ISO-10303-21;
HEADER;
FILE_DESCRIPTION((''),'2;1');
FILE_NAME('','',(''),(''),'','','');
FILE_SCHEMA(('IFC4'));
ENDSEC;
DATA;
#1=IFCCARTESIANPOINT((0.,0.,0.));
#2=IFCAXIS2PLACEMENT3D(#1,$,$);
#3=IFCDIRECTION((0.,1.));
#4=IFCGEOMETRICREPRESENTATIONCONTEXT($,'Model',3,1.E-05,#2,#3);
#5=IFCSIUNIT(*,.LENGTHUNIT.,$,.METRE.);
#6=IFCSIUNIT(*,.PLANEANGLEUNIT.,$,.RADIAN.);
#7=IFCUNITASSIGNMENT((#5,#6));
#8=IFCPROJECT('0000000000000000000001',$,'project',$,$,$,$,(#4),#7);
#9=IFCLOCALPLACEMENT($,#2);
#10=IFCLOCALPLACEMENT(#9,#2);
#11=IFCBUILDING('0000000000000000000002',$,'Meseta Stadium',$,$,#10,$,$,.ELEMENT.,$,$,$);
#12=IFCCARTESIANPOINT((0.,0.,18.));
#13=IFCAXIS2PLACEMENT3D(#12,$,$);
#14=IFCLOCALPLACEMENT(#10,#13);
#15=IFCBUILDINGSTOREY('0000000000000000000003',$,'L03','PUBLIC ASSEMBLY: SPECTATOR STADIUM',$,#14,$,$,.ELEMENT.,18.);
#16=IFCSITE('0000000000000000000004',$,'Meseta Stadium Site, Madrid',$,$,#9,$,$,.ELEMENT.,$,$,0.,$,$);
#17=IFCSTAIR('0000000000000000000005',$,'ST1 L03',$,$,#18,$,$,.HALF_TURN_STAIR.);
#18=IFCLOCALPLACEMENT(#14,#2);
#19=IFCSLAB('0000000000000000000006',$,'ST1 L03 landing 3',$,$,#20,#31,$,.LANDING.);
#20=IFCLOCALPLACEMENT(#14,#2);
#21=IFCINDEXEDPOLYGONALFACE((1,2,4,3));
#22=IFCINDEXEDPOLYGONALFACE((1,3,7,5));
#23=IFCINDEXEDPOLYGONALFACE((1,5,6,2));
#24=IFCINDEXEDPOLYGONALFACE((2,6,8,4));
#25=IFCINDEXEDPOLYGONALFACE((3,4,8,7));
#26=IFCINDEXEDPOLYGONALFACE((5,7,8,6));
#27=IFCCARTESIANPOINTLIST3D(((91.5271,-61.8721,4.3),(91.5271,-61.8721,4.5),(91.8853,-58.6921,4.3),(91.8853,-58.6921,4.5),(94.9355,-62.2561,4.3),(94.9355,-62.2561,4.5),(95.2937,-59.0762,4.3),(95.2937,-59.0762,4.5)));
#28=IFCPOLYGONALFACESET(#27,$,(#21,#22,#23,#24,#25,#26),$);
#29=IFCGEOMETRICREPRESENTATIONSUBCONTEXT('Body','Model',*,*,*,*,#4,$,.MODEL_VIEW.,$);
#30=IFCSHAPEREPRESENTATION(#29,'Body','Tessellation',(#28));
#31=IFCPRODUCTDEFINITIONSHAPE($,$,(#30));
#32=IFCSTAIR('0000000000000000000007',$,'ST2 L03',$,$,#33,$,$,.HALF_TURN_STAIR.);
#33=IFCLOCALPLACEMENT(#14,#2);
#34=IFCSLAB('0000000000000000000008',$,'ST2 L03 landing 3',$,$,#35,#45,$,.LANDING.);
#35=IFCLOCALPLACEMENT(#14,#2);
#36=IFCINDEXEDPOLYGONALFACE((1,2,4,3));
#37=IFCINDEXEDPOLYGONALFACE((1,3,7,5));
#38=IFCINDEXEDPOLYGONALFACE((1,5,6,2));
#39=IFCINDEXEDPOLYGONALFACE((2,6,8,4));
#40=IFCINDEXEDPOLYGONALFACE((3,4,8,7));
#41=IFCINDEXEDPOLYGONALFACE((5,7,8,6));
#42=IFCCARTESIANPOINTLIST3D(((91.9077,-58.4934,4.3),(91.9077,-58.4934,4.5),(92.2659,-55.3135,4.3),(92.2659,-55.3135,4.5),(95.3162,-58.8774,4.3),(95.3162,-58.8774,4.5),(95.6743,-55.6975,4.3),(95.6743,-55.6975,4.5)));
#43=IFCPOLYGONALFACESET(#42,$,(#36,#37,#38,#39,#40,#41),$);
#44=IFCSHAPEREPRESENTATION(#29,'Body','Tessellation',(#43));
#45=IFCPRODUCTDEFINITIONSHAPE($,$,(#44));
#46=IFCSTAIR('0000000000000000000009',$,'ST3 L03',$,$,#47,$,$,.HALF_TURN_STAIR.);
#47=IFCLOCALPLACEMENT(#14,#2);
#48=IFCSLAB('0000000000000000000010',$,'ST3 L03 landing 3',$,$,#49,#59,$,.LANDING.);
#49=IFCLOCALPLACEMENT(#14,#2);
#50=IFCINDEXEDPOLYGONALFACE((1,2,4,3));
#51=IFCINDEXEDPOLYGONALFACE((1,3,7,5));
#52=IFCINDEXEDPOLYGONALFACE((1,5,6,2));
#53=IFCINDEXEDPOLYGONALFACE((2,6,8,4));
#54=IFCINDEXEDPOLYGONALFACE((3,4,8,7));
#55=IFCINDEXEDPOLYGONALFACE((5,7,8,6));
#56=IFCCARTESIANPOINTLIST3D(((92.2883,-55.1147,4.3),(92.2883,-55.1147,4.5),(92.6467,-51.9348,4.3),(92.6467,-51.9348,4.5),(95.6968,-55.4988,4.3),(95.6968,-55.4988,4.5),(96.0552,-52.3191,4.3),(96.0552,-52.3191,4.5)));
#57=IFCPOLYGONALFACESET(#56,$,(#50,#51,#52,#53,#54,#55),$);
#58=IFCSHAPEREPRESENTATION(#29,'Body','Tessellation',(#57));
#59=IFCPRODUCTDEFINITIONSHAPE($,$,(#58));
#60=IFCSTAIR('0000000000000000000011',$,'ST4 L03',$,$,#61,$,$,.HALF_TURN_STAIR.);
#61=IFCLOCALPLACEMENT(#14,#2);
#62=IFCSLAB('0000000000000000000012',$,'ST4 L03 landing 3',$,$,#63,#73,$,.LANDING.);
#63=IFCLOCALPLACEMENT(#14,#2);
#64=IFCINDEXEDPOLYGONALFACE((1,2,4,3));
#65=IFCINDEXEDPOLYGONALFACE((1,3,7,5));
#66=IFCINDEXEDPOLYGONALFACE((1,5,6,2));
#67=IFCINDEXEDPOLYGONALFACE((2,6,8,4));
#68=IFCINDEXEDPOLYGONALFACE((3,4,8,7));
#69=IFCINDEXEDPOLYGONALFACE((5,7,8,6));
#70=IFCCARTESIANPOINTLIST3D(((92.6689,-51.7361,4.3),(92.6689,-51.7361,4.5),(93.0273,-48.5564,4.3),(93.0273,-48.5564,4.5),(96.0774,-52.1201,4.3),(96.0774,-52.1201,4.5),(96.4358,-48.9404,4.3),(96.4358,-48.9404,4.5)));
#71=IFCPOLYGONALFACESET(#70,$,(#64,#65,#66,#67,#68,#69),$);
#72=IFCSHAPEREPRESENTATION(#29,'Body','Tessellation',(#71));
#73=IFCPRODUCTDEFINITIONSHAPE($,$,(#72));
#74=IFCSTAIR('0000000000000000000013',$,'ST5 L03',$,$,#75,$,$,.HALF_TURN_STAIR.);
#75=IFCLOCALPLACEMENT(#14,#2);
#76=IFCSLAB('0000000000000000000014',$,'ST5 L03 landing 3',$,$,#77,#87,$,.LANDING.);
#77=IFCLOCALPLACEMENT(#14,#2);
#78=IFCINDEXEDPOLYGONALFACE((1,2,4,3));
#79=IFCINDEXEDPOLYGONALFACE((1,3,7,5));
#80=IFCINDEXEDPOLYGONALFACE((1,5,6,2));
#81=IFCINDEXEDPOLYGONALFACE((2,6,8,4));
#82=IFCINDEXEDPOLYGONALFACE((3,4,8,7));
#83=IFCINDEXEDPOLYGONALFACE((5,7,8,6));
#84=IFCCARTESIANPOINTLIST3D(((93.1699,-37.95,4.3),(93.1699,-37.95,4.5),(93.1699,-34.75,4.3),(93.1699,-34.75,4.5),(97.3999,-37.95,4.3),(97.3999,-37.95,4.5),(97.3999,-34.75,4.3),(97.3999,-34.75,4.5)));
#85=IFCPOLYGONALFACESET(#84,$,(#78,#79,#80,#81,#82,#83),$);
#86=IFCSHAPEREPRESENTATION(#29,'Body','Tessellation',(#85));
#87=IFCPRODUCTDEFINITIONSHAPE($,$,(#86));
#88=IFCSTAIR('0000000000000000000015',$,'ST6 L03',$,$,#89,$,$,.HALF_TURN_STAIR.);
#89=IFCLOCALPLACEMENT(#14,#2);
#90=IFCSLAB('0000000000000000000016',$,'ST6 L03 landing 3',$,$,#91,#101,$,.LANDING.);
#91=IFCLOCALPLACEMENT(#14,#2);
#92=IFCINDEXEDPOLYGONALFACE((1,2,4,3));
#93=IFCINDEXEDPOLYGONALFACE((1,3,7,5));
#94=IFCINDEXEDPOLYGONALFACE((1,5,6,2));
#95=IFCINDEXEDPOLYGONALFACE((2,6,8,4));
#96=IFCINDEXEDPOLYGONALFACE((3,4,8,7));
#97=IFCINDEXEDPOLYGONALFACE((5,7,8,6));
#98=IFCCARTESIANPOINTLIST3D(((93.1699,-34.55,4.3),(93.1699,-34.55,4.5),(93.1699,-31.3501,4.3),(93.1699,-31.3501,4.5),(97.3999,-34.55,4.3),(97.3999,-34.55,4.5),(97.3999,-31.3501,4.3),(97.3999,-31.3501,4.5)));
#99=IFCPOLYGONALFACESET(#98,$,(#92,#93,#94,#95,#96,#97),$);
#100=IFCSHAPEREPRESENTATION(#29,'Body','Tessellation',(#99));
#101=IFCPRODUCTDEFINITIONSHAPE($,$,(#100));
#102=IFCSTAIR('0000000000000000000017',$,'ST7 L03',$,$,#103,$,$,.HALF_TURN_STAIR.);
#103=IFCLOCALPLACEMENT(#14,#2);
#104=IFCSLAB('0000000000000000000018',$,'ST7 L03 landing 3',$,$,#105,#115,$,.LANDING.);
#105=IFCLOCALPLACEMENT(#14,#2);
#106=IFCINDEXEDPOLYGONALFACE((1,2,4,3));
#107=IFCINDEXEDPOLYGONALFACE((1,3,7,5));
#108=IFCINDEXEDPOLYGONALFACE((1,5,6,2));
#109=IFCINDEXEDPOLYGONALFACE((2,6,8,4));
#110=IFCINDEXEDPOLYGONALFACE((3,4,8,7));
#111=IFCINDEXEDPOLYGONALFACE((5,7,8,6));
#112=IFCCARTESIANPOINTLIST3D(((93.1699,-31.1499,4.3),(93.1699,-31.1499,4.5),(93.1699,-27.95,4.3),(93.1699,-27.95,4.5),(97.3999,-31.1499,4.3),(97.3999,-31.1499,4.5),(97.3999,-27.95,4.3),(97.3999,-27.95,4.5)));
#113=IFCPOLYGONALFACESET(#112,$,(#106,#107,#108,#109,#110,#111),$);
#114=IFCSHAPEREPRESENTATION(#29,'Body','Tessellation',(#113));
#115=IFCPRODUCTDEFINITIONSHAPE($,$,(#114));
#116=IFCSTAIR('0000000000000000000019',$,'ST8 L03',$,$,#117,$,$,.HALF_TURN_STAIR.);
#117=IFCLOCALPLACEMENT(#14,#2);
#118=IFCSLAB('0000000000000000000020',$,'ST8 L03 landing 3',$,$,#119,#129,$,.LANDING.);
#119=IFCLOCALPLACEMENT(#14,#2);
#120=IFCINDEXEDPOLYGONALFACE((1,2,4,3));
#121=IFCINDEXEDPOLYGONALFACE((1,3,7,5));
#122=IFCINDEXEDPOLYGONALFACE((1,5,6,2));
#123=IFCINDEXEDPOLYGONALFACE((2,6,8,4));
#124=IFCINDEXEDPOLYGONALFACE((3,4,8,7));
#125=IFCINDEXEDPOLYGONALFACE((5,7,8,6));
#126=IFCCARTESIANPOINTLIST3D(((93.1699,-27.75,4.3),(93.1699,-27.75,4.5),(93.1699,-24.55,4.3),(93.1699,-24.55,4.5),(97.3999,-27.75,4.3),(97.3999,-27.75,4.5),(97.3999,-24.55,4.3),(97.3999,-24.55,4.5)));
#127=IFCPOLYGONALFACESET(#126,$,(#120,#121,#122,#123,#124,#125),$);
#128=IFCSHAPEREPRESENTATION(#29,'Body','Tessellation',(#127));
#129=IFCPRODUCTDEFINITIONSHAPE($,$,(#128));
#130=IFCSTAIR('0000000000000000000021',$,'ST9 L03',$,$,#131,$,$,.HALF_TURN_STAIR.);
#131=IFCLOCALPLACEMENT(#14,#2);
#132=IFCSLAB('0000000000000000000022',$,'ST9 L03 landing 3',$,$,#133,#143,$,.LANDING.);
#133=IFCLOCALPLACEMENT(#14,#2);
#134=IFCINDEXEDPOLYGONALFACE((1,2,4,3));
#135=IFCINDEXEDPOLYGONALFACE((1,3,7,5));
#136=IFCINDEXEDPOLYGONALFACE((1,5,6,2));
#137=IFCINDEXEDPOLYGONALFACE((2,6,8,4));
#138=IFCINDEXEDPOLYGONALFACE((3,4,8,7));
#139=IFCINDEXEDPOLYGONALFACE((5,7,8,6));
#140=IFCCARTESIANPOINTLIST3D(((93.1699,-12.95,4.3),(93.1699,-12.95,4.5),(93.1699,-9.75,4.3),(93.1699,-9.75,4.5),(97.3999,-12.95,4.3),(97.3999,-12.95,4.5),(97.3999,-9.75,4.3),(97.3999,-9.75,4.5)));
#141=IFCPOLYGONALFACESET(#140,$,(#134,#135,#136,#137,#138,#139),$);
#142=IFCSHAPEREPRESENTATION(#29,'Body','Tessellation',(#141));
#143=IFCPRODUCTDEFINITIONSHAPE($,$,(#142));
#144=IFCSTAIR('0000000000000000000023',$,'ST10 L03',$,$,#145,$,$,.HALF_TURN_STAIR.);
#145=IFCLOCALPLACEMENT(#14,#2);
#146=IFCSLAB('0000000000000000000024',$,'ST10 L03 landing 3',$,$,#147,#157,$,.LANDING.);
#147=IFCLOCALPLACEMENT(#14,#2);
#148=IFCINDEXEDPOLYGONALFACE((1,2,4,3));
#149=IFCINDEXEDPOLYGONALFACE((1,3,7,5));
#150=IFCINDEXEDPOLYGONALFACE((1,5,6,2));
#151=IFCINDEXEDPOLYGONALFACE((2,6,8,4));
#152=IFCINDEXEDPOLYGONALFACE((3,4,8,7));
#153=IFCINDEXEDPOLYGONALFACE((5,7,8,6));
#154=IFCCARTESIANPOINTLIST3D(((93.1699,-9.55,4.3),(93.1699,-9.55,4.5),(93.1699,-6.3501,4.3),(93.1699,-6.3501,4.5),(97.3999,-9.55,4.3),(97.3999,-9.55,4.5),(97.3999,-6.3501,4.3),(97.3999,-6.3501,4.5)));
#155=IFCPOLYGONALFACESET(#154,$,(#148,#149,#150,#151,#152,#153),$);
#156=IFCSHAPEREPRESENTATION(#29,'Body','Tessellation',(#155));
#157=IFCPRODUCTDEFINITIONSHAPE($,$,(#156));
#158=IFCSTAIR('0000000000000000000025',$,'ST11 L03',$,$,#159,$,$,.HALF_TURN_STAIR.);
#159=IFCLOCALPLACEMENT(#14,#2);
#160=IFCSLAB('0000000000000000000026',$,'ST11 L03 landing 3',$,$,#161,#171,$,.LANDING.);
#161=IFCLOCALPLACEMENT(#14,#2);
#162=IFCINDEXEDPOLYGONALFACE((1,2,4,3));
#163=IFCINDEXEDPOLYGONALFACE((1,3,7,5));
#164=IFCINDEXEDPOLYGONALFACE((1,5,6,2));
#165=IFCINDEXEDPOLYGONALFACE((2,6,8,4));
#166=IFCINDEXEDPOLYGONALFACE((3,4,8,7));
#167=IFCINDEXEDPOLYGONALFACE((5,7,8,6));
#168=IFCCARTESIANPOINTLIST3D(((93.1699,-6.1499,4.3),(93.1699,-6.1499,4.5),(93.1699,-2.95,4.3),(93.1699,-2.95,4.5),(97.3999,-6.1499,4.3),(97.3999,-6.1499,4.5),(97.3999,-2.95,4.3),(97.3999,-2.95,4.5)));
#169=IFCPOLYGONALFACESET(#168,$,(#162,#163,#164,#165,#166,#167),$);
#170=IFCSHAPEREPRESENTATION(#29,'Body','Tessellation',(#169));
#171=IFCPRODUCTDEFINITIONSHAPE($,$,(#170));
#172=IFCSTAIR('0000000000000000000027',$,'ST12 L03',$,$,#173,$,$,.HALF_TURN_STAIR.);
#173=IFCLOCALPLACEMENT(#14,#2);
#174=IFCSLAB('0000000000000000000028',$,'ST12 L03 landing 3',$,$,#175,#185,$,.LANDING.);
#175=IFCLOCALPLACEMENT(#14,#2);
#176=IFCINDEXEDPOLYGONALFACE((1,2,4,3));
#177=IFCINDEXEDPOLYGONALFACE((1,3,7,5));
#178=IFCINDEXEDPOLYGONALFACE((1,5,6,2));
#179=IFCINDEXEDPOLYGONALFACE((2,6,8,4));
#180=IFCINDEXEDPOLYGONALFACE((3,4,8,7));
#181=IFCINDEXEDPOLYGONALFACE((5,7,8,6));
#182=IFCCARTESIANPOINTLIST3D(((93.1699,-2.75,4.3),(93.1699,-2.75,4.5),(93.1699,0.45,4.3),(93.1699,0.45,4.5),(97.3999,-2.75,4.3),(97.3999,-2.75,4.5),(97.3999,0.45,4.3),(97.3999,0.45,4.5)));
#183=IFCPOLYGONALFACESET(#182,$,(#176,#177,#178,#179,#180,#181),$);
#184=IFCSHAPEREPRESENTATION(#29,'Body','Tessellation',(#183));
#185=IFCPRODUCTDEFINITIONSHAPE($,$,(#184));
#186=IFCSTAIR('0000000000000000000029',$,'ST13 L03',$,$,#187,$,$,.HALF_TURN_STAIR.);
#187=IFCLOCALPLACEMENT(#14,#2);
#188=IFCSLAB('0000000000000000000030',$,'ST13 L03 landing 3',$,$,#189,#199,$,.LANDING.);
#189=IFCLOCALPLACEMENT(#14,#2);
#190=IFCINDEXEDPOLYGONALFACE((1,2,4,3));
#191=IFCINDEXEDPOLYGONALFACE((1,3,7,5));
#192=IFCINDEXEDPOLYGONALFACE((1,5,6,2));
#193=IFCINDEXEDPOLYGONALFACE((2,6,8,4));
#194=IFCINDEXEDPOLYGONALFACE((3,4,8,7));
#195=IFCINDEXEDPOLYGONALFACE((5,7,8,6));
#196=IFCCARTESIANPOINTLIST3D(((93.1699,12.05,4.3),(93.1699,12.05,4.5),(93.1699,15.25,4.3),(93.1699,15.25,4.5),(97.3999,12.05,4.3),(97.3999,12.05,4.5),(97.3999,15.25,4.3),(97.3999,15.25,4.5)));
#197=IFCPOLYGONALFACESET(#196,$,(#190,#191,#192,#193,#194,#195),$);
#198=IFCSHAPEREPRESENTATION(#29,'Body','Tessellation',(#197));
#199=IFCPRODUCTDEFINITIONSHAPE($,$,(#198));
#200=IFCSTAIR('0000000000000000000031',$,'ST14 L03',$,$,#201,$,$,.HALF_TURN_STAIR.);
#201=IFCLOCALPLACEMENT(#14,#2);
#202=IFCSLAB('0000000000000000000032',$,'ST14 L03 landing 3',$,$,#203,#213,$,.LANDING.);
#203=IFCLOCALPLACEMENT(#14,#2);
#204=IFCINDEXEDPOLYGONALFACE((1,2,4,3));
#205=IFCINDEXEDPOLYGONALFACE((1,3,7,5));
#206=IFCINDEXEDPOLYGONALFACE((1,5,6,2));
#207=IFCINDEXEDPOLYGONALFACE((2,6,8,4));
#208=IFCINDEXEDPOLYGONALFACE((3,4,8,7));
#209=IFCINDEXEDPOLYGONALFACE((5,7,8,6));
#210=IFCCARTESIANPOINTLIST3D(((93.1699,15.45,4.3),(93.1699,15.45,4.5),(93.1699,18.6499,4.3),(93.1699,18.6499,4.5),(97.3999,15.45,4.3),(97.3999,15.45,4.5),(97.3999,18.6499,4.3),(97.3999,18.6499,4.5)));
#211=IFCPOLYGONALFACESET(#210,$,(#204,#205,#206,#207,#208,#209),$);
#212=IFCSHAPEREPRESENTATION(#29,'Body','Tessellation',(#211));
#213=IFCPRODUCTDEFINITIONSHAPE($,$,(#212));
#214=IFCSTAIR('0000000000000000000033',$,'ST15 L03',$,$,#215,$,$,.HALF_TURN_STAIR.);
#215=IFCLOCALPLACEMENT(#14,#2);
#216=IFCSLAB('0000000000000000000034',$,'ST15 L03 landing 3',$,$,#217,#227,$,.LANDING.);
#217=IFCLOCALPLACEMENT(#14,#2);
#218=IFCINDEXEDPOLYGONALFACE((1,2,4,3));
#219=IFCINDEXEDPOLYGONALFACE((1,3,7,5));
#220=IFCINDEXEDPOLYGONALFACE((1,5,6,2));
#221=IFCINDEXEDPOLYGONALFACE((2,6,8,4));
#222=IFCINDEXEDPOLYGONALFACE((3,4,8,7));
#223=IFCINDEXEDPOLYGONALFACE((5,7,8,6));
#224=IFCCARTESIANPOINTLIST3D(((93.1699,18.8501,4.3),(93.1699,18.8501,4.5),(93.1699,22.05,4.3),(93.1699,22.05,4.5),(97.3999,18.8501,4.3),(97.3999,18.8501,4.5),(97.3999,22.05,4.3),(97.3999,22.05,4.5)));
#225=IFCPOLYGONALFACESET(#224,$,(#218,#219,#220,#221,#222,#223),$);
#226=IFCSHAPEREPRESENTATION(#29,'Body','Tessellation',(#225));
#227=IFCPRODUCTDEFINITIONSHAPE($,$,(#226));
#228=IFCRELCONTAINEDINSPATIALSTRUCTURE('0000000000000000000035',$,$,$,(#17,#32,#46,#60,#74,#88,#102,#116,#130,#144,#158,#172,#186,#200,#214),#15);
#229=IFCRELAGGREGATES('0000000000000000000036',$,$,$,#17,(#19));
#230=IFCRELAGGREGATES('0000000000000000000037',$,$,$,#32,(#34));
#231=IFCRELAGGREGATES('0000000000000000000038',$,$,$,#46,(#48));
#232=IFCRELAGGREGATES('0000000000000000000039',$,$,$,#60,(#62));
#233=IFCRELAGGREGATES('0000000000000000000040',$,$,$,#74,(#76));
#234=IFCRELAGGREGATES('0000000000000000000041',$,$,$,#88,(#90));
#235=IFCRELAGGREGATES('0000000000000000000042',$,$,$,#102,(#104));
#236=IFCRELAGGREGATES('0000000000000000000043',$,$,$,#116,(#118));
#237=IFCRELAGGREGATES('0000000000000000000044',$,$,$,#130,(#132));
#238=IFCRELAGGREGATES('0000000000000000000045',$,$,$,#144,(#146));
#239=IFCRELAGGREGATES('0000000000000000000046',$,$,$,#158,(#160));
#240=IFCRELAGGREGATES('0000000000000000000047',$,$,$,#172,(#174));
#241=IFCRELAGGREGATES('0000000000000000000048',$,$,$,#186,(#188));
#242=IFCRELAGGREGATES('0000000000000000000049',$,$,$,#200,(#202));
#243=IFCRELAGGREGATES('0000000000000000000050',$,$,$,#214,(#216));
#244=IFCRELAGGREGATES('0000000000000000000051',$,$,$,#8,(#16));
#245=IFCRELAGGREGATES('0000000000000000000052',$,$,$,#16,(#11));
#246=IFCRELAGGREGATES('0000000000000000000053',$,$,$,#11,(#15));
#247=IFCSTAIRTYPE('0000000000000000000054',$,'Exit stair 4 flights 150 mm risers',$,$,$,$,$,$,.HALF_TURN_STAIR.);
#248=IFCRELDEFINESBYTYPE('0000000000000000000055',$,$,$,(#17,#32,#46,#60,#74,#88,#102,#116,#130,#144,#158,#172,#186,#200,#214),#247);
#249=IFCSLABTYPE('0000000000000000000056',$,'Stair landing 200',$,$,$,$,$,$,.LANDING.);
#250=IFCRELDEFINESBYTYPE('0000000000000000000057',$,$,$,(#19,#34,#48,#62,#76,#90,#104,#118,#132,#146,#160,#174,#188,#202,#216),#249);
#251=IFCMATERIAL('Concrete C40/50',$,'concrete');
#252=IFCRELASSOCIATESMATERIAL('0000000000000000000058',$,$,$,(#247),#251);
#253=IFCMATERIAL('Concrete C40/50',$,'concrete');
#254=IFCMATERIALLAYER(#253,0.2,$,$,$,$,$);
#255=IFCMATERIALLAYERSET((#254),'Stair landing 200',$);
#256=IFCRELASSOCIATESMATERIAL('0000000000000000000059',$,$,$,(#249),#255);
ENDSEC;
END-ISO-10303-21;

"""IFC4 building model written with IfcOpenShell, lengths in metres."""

from ifc_helpers import new_model, si_unit, direction, frame, origin, place, context, subcontext, project, spatial, polyline, outline, extrude, material, layer, layer_set, type_object, element, aggregate, save


model = new_model("IFC4")

# Units and contexts
model_context = context("Model", 3, precision=1e-05, world=origin(), true_north=direction((0.0, 1.0)))
body_context = subcontext(model_context, "Body", "Model", "MODEL_VIEW")
ifc_project = project(units=[si_unit("LENGTHUNIT", "METRE"), si_unit("PLANEANGLEUNIT", "RADIAN")], contexts=[model_context])

# Site, building, storey
site_placement = place(None, origin())
site = spatial("IfcSite", under=ifc_project, at=site_placement, Name="Meseta Stadium Site, Madrid", CompositionType="ELEMENT", RefElevation=0.0)
building_placement = place(site_placement, origin())
building = spatial("IfcBuilding", under=site, at=building_placement, Name="Meseta Stadium", CompositionType="ELEMENT")
storey_placement = place(building_placement, frame((0.0, 0.0, 18.0)))
storey = spatial("IfcBuildingStorey", under=building, at=storey_placement, Name="L03", Description="PUBLIC ASSEMBLY: SPECTATOR STADIUM", CompositionType="ELEMENT", Elevation=18.0)

# Stairs, slabs
ifc_material_1 = material(Name="Concrete C40/50", Category="concrete")
stair_type = type_object("IfcStairType", Name="Exit stair 4 flights 150 mm risers", PredefinedType="HALF_TURN_STAIR", material=ifc_material_1)
stair_1_placement = place(storey_placement, origin())
stair_1 = element("IfcStair", 1, at=stair_1_placement, inside=storey, type_object=stair_type, Name="ST1 L03", PredefinedType="HALF_TURN_STAIR")
ifc_material_2 = material(Name="Concrete C40/50", Category="concrete")
ifc_layer = layer(ifc_material_2, 0.2)
ifc_layer_set = layer_set([ifc_layer], Name="Stair landing 200")
slab_type = type_object("IfcSlabType", Name="Stair landing 200", PredefinedType="LANDING", material=ifc_layer_set)
slab_1_placement = place(storey_placement, frame((0.0, 0.0, 4.3)))
slab_1 = element("IfcSlab", 2, at=slab_1_placement, type_object=slab_type, Name="ST1 L03 landing 3", PredefinedType="LANDING", context=body_context, shape_type="SweptSolid", body=[
    extrude(outline(polyline([(91.5271, -61.8721), (94.9355, -62.2561), (95.2937, -59.0762), (91.8853, -58.6921), (91.5271, -61.8721)])), origin(), (0.0, 0.0, 1.0), 0.2),
])
aggregate(stair_1, [slab_1])
stair_2_placement = place(storey_placement, origin())
stair_2 = element("IfcStair", 3, at=stair_2_placement, inside=storey, type_object=stair_type, Name="ST2 L03", PredefinedType="HALF_TURN_STAIR")
slab_2_placement = place(storey_placement, frame((0.0, 0.0, 4.3)))
slab_2 = element("IfcSlab", 4, at=slab_2_placement, type_object=slab_type, Name="ST2 L03 landing 3", PredefinedType="LANDING", context=body_context, shape_type="SweptSolid", body=[
    extrude(outline(polyline([(91.9077, -58.4934), (95.3162, -58.8774), (95.6743, -55.6975), (92.2659, -55.3135), (91.9077, -58.4934)])), origin(), (0.0, 0.0, 1.0), 0.2),
])
aggregate(stair_2, [slab_2])
stair_3_placement = place(storey_placement, origin())
stair_3 = element("IfcStair", 5, at=stair_3_placement, inside=storey, type_object=stair_type, Name="ST3 L03", PredefinedType="HALF_TURN_STAIR")
slab_3_placement = place(storey_placement, frame((0.0, 0.0, 4.3)))
slab_3 = element("IfcSlab", 6, at=slab_3_placement, type_object=slab_type, Name="ST3 L03 landing 3", PredefinedType="LANDING", context=body_context, shape_type="SweptSolid", body=[
    extrude(outline(polyline([(92.2883, -55.1147), (95.6968, -55.4988), (96.0552, -52.3191), (92.6467, -51.9348), (92.2883, -55.1147)])), origin(), (0.0, 0.0, 1.0), 0.2),
])
aggregate(stair_3, [slab_3])
stair_4_placement = place(storey_placement, origin())
stair_4 = element("IfcStair", 7, at=stair_4_placement, inside=storey, type_object=stair_type, Name="ST4 L03", PredefinedType="HALF_TURN_STAIR")
slab_4_placement = place(storey_placement, frame((0.0, 0.0, 4.3)))
slab_4 = element("IfcSlab", 8, at=slab_4_placement, type_object=slab_type, Name="ST4 L03 landing 3", PredefinedType="LANDING", context=body_context, shape_type="SweptSolid", body=[
    extrude(outline(polyline([(92.6689, -51.7361), (96.0774, -52.1201), (96.4358, -48.9404), (93.0273, -48.5564), (92.6689, -51.7361)])), origin(), (0.0, 0.0, 1.0), 0.2),
])
aggregate(stair_4, [slab_4])
stair_5_placement = place(storey_placement, origin())
stair_5 = element("IfcStair", 9, at=stair_5_placement, inside=storey, type_object=stair_type, Name="ST5 L03", PredefinedType="HALF_TURN_STAIR")
slab_5_placement = place(storey_placement, frame((0.0, 0.0, 4.3)))
slab_5 = element("IfcSlab", 10, at=slab_5_placement, type_object=slab_type, Name="ST5 L03 landing 3", PredefinedType="LANDING", context=body_context, shape_type="SweptSolid", body=[
    extrude(outline(polyline([(93.1699, -37.95), (97.3999, -37.95), (97.3999, -34.75), (93.1699, -34.75), (93.1699, -37.95)])), origin(), (0.0, 0.0, 1.0), 0.2),
])
aggregate(stair_5, [slab_5])
stair_6_placement = place(storey_placement, origin())
stair_6 = element("IfcStair", 11, at=stair_6_placement, inside=storey, type_object=stair_type, Name="ST6 L03", PredefinedType="HALF_TURN_STAIR")
slab_6_placement = place(storey_placement, frame((0.0, 0.0, 4.3)))
slab_6 = element("IfcSlab", 12, at=slab_6_placement, type_object=slab_type, Name="ST6 L03 landing 3", PredefinedType="LANDING", context=body_context, shape_type="SweptSolid", body=[
    extrude(outline(polyline([(93.1699, -34.55), (97.3999, -34.55), (97.3999, -31.3501), (93.1699, -31.3501), (93.1699, -34.55)])), origin(), (0.0, 0.0, 1.0), 0.2),
])
aggregate(stair_6, [slab_6])
stair_7_placement = place(storey_placement, origin())
stair_7 = element("IfcStair", 13, at=stair_7_placement, inside=storey, type_object=stair_type, Name="ST7 L03", PredefinedType="HALF_TURN_STAIR")
slab_7_placement = place(storey_placement, frame((0.0, 0.0, 4.3)))
slab_7 = element("IfcSlab", 14, at=slab_7_placement, type_object=slab_type, Name="ST7 L03 landing 3", PredefinedType="LANDING", context=body_context, shape_type="SweptSolid", body=[
    extrude(outline(polyline([(93.1699, -31.1499), (97.3999, -31.1499), (97.3999, -27.95), (93.1699, -27.95), (93.1699, -31.1499)])), origin(), (0.0, 0.0, 1.0), 0.2),
])
aggregate(stair_7, [slab_7])
stair_8_placement = place(storey_placement, origin())
stair_8 = element("IfcStair", 15, at=stair_8_placement, inside=storey, type_object=stair_type, Name="ST8 L03", PredefinedType="HALF_TURN_STAIR")
slab_8_placement = place(storey_placement, frame((0.0, 0.0, 4.3)))
slab_8 = element("IfcSlab", 16, at=slab_8_placement, type_object=slab_type, Name="ST8 L03 landing 3", PredefinedType="LANDING", context=body_context, shape_type="SweptSolid", body=[
    extrude(outline(polyline([(93.1699, -27.75), (97.3999, -27.75), (97.3999, -24.55), (93.1699, -24.55), (93.1699, -27.75)])), origin(), (0.0, 0.0, 1.0), 0.2),
])
aggregate(stair_8, [slab_8])
stair_9_placement = place(storey_placement, origin())
stair_9 = element("IfcStair", 17, at=stair_9_placement, inside=storey, type_object=stair_type, Name="ST9 L03", PredefinedType="HALF_TURN_STAIR")
slab_9_placement = place(storey_placement, frame((0.0, 0.0, 4.3)))
slab_9 = element("IfcSlab", 18, at=slab_9_placement, type_object=slab_type, Name="ST9 L03 landing 3", PredefinedType="LANDING", context=body_context, shape_type="SweptSolid", body=[
    extrude(outline(polyline([(93.1699, -12.95), (97.3999, -12.95), (97.3999, -9.75), (93.1699, -9.75), (93.1699, -12.95)])), origin(), (0.0, 0.0, 1.0), 0.2),
])
aggregate(stair_9, [slab_9])
stair_10_placement = place(storey_placement, origin())
stair_10 = element("IfcStair", 19, at=stair_10_placement, inside=storey, type_object=stair_type, Name="ST10 L03", PredefinedType="HALF_TURN_STAIR")
slab_10_placement = place(storey_placement, frame((0.0, 0.0, 4.3)))
slab_10 = element("IfcSlab", 20, at=slab_10_placement, type_object=slab_type, Name="ST10 L03 landing 3", PredefinedType="LANDING", context=body_context, shape_type="SweptSolid", body=[
    extrude(outline(polyline([(93.1699, -9.55), (97.3999, -9.55), (97.3999, -6.3501), (93.1699, -6.3501), (93.1699, -9.55)])), origin(), (0.0, 0.0, 1.0), 0.2),
])
aggregate(stair_10, [slab_10])
stair_11_placement = place(storey_placement, origin())
stair_11 = element("IfcStair", 21, at=stair_11_placement, inside=storey, type_object=stair_type, Name="ST11 L03", PredefinedType="HALF_TURN_STAIR")
slab_11_placement = place(storey_placement, frame((0.0, 0.0, 4.3)))
slab_11 = element("IfcSlab", 22, at=slab_11_placement, type_object=slab_type, Name="ST11 L03 landing 3", PredefinedType="LANDING", context=body_context, shape_type="SweptSolid", body=[
    extrude(outline(polyline([(93.1699, -6.1499), (97.3999, -6.1499), (97.3999, -2.95), (93.1699, -2.95), (93.1699, -6.1499)])), origin(), (0.0, 0.0, 1.0), 0.2),
])
aggregate(stair_11, [slab_11])
stair_12_placement = place(storey_placement, origin())
stair_12 = element("IfcStair", 23, at=stair_12_placement, inside=storey, type_object=stair_type, Name="ST12 L03", PredefinedType="HALF_TURN_STAIR")
slab_12_placement = place(storey_placement, frame((0.0, 0.0, 4.3)))
slab_12 = element("IfcSlab", 24, at=slab_12_placement, type_object=slab_type, Name="ST12 L03 landing 3", PredefinedType="LANDING", context=body_context, shape_type="SweptSolid", body=[
    extrude(outline(polyline([(93.1699, -2.75), (97.3999, -2.75), (97.3999, 0.45), (93.1699, 0.45), (93.1699, -2.75)])), origin(), (0.0, 0.0, 1.0), 0.2),
])
aggregate(stair_12, [slab_12])
stair_13_placement = place(storey_placement, origin())
stair_13 = element("IfcStair", 25, at=stair_13_placement, inside=storey, type_object=stair_type, Name="ST13 L03", PredefinedType="HALF_TURN_STAIR")
slab_13_placement = place(storey_placement, frame((0.0, 0.0, 4.3)))
slab_13 = element("IfcSlab", 26, at=slab_13_placement, type_object=slab_type, Name="ST13 L03 landing 3", PredefinedType="LANDING", context=body_context, shape_type="SweptSolid", body=[
    extrude(outline(polyline([(93.1699, 12.05), (97.3999, 12.05), (97.3999, 15.25), (93.1699, 15.25), (93.1699, 12.05)])), origin(), (0.0, 0.0, 1.0), 0.2),
])
aggregate(stair_13, [slab_13])
stair_14_placement = place(storey_placement, origin())
stair_14 = element("IfcStair", 27, at=stair_14_placement, inside=storey, type_object=stair_type, Name="ST14 L03", PredefinedType="HALF_TURN_STAIR")
slab_14_placement = place(storey_placement, frame((0.0, 0.0, 4.3)))
slab_14 = element("IfcSlab", 28, at=slab_14_placement, type_object=slab_type, Name="ST14 L03 landing 3", PredefinedType="LANDING", context=body_context, shape_type="SweptSolid", body=[
    extrude(outline(polyline([(93.1699, 15.45), (97.3999, 15.45), (97.3999, 18.6499), (93.1699, 18.6499), (93.1699, 15.45)])), origin(), (0.0, 0.0, 1.0), 0.2),
])
aggregate(stair_14, [slab_14])
stair_15_placement = place(storey_placement, origin())
stair_15 = element("IfcStair", 29, at=stair_15_placement, inside=storey, type_object=stair_type, Name="ST15 L03", PredefinedType="HALF_TURN_STAIR")
slab_15_placement = place(storey_placement, frame((0.0, 0.0, 4.3)))
slab_15 = element("IfcSlab", 30, at=slab_15_placement, type_object=slab_type, Name="ST15 L03 landing 3", PredefinedType="LANDING", context=body_context, shape_type="SweptSolid", body=[
    extrude(outline(polyline([(93.1699, 18.8501), (97.3999, 18.8501), (97.3999, 22.05), (93.1699, 22.05), (93.1699, 18.8501)])), origin(), (0.0, 0.0, 1.0), 0.2),
])
aggregate(stair_15, [slab_15])

save(model, "model.ifc")
